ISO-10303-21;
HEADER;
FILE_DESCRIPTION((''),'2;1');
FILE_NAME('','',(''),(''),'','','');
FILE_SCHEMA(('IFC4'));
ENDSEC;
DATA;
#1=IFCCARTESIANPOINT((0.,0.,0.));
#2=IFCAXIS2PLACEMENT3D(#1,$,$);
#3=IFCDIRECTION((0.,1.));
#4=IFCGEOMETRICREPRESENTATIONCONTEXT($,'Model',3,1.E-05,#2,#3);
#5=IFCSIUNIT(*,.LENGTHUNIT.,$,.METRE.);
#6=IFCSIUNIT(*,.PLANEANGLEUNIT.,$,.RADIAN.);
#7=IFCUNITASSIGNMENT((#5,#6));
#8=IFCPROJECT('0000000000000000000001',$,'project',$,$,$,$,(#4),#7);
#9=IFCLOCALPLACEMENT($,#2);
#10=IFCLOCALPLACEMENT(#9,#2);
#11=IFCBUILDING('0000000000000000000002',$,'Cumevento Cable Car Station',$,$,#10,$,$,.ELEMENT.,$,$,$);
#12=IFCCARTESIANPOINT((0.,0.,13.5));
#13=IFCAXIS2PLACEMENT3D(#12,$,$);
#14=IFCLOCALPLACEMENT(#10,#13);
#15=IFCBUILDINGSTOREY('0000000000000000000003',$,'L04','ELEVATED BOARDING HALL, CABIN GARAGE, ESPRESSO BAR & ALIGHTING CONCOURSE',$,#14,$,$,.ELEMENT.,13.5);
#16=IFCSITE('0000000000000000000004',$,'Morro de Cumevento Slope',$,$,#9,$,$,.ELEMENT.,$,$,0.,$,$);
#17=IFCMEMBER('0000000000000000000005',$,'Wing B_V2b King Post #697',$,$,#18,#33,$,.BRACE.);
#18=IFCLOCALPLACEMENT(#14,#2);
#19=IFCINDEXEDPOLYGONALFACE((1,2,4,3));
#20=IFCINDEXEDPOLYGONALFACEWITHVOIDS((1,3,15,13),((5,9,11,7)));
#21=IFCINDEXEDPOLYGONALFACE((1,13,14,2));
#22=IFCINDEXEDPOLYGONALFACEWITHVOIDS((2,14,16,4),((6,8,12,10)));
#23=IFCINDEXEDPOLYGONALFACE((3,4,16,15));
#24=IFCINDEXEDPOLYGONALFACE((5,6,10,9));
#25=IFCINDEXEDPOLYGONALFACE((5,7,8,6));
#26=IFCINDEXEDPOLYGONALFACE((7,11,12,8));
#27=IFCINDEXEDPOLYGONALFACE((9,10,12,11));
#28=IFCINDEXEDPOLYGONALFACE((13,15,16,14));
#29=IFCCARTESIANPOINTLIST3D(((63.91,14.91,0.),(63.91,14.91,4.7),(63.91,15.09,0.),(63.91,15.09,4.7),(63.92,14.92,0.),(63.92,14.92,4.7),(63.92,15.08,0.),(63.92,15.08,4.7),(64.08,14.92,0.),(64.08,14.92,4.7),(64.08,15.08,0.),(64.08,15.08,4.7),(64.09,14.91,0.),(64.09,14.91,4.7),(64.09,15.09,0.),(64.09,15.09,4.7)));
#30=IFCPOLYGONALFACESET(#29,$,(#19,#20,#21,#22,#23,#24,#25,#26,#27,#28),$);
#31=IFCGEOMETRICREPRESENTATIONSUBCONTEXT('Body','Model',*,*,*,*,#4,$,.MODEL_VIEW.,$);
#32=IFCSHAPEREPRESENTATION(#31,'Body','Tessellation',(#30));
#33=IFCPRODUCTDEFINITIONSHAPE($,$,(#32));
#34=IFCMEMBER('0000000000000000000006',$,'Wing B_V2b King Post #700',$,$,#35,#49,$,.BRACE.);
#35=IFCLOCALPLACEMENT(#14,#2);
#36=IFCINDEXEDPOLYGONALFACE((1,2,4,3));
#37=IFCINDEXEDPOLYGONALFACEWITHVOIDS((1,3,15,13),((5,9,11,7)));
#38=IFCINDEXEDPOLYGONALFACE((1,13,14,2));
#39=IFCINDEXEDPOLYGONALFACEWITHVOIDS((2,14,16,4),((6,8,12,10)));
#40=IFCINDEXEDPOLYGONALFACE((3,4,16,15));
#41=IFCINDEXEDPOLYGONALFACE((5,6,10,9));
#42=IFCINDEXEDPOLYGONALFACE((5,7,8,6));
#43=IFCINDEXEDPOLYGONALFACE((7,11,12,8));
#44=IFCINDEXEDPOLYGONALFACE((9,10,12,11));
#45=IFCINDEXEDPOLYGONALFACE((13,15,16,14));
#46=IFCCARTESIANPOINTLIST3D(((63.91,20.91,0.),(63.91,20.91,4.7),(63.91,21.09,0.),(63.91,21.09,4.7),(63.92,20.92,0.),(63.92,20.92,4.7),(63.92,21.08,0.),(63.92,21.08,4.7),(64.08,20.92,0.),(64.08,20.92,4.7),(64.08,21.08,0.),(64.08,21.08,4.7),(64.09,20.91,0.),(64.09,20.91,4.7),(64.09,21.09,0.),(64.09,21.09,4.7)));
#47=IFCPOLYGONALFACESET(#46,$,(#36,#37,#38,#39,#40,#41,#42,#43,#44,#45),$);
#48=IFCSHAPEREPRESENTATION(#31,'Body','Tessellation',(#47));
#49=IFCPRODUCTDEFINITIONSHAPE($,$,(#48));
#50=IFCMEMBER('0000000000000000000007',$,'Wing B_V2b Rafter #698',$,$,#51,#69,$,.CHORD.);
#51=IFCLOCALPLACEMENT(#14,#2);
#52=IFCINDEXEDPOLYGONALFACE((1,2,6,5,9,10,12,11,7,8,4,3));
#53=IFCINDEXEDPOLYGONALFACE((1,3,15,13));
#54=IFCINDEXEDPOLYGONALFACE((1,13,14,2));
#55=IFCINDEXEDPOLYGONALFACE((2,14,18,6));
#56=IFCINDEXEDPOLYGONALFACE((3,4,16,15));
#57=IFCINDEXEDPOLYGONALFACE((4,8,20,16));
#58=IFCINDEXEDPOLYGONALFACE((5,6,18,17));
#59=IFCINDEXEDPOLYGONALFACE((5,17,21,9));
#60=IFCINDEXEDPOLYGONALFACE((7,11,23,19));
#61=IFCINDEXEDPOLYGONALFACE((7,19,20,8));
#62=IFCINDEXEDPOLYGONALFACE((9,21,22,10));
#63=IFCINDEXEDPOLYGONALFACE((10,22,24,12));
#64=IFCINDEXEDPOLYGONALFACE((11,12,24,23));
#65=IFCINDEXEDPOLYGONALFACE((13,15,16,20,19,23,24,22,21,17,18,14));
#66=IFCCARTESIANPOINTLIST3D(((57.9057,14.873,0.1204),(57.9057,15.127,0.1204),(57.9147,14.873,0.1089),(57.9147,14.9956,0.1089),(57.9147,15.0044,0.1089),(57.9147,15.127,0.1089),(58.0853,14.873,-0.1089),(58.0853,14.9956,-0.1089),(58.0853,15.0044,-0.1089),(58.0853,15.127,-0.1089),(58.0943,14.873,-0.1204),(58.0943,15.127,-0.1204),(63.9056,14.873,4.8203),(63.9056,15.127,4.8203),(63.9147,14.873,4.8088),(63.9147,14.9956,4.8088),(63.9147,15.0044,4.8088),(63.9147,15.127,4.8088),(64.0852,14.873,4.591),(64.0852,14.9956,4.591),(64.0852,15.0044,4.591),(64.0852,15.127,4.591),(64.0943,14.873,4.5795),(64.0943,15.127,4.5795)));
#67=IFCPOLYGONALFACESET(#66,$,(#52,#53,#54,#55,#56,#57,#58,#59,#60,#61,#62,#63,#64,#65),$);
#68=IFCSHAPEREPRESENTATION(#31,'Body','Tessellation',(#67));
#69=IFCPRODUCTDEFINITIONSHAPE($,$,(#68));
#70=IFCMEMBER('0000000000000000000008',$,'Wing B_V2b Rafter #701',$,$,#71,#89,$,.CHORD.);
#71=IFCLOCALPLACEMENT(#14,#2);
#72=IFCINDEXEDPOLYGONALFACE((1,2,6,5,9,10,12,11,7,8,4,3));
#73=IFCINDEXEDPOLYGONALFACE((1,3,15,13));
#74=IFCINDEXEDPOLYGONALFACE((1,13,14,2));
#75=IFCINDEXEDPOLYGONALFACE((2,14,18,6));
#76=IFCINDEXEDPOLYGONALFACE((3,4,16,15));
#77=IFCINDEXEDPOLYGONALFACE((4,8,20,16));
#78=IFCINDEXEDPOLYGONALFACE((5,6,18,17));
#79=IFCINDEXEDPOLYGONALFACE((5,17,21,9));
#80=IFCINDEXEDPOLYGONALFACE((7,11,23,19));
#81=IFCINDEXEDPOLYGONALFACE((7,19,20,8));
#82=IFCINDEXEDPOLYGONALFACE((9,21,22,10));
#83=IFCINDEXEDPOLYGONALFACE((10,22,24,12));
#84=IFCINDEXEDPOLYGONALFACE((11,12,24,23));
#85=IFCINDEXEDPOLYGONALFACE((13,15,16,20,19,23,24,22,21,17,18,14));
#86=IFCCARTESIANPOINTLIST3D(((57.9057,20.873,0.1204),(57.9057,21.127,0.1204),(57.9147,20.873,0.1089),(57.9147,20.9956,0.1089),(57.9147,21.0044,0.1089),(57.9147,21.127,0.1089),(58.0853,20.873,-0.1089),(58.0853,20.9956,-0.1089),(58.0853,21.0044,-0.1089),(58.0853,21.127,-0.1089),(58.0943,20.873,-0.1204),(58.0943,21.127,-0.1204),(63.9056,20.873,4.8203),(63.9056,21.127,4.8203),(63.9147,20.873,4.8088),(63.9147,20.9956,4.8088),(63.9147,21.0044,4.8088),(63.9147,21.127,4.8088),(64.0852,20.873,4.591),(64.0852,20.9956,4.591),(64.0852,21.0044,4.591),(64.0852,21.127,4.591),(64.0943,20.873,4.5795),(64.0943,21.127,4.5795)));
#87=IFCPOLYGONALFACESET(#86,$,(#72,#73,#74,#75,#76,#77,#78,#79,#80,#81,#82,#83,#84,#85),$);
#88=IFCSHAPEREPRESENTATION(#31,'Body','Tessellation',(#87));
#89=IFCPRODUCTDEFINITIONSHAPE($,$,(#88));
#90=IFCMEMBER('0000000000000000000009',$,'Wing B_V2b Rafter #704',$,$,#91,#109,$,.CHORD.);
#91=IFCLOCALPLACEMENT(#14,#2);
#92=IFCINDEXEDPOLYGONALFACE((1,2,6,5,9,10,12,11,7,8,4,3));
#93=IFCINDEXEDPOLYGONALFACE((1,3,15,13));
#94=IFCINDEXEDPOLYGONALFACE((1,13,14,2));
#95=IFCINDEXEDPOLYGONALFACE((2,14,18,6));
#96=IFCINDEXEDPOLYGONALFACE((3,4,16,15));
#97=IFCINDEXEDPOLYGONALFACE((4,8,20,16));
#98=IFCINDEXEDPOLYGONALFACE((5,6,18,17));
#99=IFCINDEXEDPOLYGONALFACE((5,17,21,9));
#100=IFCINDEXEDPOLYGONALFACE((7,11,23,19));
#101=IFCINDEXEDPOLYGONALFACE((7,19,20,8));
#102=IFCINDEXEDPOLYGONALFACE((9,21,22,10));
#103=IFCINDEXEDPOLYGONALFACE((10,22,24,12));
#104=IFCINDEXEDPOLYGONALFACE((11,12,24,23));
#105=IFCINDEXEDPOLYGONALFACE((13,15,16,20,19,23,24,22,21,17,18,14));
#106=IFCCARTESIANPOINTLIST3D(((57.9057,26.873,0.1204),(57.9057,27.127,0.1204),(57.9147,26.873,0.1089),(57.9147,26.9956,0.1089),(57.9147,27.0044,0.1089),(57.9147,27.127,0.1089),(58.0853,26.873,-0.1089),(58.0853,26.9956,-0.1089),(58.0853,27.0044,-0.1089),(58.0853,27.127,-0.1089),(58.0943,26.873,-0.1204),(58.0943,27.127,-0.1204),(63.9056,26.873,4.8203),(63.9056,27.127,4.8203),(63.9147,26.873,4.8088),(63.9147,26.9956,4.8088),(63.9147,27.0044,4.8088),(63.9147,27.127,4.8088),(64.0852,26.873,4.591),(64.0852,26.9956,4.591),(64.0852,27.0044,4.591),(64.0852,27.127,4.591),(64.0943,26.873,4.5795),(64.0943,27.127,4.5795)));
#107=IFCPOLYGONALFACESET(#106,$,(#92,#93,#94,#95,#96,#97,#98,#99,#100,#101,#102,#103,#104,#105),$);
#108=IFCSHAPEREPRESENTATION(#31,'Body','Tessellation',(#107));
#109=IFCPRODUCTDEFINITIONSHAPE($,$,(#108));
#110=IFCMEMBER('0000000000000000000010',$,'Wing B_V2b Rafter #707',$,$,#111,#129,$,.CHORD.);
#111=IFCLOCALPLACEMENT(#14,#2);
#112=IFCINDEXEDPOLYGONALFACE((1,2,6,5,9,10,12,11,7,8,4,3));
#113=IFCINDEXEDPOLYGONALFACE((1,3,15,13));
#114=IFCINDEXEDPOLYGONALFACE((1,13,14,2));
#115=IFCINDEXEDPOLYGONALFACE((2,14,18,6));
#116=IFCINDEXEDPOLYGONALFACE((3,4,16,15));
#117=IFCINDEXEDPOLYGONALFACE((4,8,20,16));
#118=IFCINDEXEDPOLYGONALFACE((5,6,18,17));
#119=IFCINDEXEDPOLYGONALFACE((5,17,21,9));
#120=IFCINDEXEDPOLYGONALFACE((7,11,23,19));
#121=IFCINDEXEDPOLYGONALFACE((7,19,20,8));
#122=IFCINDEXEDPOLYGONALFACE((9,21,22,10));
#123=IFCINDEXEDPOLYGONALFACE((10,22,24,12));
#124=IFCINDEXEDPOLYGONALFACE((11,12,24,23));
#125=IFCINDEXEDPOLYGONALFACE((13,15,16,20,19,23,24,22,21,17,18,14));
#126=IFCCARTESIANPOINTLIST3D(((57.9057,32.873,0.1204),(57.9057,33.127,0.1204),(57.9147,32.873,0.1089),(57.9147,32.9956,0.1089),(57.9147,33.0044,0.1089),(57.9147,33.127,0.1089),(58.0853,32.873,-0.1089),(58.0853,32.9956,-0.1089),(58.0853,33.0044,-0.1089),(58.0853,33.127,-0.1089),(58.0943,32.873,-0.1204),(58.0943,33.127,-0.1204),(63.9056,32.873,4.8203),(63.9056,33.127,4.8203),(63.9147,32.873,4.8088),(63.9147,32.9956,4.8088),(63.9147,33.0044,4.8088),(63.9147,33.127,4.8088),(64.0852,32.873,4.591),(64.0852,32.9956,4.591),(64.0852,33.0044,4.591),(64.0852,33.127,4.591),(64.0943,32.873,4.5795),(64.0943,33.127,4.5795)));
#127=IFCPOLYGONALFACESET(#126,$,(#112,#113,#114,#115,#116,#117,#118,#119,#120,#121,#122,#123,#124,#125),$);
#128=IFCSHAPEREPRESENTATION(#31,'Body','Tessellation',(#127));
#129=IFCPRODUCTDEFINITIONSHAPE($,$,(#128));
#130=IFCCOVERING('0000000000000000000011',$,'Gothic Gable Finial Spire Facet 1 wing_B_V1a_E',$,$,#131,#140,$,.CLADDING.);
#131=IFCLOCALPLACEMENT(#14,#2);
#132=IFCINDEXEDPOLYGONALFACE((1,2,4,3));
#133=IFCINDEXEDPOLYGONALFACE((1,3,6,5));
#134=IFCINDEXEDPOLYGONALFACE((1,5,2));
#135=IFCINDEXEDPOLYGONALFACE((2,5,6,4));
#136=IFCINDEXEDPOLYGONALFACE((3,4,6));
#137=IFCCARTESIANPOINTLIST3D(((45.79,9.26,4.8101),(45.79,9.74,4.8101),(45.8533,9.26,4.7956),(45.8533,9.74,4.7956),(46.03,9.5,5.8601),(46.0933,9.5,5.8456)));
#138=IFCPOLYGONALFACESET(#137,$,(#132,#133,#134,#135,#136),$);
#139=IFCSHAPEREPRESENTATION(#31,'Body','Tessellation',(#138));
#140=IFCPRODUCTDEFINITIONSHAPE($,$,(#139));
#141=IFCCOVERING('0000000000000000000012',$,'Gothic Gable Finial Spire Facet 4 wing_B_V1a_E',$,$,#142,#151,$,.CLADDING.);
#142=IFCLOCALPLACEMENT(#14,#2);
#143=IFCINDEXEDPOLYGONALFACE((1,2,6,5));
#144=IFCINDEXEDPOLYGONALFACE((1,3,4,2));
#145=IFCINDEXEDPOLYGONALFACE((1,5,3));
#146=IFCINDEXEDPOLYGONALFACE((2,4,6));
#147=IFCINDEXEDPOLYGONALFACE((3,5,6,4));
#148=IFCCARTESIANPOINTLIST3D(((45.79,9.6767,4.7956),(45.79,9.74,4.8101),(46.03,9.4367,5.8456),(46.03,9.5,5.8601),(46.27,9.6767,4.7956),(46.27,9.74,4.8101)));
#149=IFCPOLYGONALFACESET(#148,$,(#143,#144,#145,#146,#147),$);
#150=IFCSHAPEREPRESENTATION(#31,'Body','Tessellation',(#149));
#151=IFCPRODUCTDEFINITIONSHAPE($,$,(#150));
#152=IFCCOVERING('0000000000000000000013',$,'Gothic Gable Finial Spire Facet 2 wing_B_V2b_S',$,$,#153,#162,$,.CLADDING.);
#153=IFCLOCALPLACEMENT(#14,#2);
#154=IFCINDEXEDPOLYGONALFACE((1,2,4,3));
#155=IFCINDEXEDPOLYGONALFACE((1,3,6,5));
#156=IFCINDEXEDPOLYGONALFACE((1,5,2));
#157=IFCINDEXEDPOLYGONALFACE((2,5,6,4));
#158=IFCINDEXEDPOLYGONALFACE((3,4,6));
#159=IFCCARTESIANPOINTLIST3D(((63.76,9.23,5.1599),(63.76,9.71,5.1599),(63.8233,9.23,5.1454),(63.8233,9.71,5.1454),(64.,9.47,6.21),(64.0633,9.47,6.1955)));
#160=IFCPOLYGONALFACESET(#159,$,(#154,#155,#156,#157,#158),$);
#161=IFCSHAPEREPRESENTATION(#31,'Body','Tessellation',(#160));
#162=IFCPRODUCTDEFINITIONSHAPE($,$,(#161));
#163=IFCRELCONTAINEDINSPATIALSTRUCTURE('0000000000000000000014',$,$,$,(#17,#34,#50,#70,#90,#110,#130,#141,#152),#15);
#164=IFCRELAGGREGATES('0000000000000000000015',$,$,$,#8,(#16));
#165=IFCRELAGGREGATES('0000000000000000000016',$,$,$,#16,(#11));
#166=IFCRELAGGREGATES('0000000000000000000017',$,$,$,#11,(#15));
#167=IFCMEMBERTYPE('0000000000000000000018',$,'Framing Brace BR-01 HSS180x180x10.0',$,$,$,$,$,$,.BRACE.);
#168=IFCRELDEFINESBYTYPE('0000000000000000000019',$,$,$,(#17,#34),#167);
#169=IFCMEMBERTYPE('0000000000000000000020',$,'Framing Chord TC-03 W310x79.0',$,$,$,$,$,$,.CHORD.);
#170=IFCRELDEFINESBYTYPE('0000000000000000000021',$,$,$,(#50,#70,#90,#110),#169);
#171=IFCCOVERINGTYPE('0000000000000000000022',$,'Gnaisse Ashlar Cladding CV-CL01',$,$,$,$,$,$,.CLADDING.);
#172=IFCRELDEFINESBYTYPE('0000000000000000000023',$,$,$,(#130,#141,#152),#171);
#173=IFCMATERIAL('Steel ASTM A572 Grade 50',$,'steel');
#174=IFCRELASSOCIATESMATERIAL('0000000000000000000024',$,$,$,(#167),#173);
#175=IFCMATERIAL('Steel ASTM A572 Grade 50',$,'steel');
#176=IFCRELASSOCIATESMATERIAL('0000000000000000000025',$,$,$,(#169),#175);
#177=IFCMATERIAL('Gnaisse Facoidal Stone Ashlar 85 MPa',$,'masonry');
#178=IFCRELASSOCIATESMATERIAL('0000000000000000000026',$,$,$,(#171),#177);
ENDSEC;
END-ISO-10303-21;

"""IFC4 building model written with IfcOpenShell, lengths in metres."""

from ifc_helpers import new_model, si_unit, direction, frame, origin, origin_2d, place, context, subcontext, project, spatial, polyline, hollow_rectangle, i_section, outline, extrude, material, material_profile, profile_set, type_object, element, save


model = new_model("IFC4")

# Units and contexts
model_context = context("Model", 3, precision=1e-05, world=origin(), true_north=direction((0.0, 1.0)))
body_context = subcontext(model_context, "Body", "Model", "MODEL_VIEW")
ifc_project = project(units=[si_unit("LENGTHUNIT", "METRE"), si_unit("PLANEANGLEUNIT", "RADIAN")], contexts=[model_context])

# Site, building, storey
site_placement = place(None, origin())
site = spatial("IfcSite", under=ifc_project, at=site_placement, Name="Morro de Cumevento Slope", CompositionType="ELEMENT", RefElevation=0.0)
building_placement = place(site_placement, origin())
building = spatial("IfcBuilding", under=site, at=building_placement, Name="Cumevento Cable Car Station", CompositionType="ELEMENT")
storey_placement = place(building_placement, frame((0.0, 0.0, 13.5)))
storey = spatial("IfcBuildingStorey", under=building, at=storey_placement, Name="L04", Description="ELEVATED BOARDING HALL, CABIN GARAGE, ESPRESSO BAR & ALIGHTING CONCOURSE", CompositionType="ELEMENT", Elevation=13.5)

# Members
ifc_material_1 = material(Name="Steel ASTM A572 Grade 50", Category="steel")
ifc_material_profile_1 = material_profile(ifc_material_1, hollow_rectangle(XDim=0.1799, YDim=0.1799, WallThickness=0.01, at=origin_2d()), Name="HSS180x180x10.0")
ifc_profile_set_1 = profile_set([ifc_material_profile_1], Name="Steel ASTM A572 Grade 50")
member_type_1 = type_object("IfcMemberType", Name="Framing Brace BR-01 HSS180x180x10.0", PredefinedType="BRACE", material=ifc_profile_set_1)
for number, where, z_axis, x_axis, name in (
    (1, (64.0, 15.0, 0.0), (0.0, 0.0, 1.0), (1.0, 0.0, 0.0), "Wing B_V2b King Post #697"),
    (2, (64.0, 21.0, 0.0), (0.0, 0.0, 1.0), (1.0, 0.0, 0.0), "Wing B_V2b King Post #700"),
):
    element("IfcMember", number, at=place(storey_placement, frame(where, z_axis=z_axis, x_axis=x_axis)), inside=storey, type_object=member_type_1, Name=name, PredefinedType="BRACE", context=body_context, shape_type="SweptSolid", body=[
        extrude(hollow_rectangle(XDim=0.1799, YDim=0.1799, WallThickness=0.01, at=origin_2d()), origin(), (0.0, 0.0, 1.0), 4.7),
    ])
ifc_material_2 = material(Name="Steel ASTM A572 Grade 50", Category="steel")
ifc_material_profile_2 = material_profile(ifc_material_2, i_section(OverallWidth=0.2539, OverallDepth=0.3059, WebThickness=0.0088, FlangeThickness=0.0146, at=origin_2d()), Name="W310x79.0")
ifc_profile_set_2 = profile_set([ifc_material_profile_2], Name="Steel ASTM A572 Grade 50")
member_type_2 = type_object("IfcMemberType", Name="Framing Chord TC-03 W310x79.0", PredefinedType="CHORD", material=ifc_profile_set_2)
for number, where, z_axis, x_axis, name in (
    (3, (58.0, 15.0, 0.0), (0.787231, 0.0, 0.616658), (0.0, 1.0, 0.0), "Wing B_V2b Rafter #698"),
    (4, (58.0, 21.0, 0.0), (0.787231, 0.0, 0.616658), (0.0, 1.0, 0.0), "Wing B_V2b Rafter #701"),
    (5, (58.0, 27.0, 0.0), (0.787231, 0.0, 0.616658), (0.0, 1.0, 0.0), "Wing B_V2b Rafter #704"),
    (6, (58.0, 33.0, 0.0), (0.787231, 0.0, 0.616658), (0.0, 1.0, 0.0), "Wing B_V2b Rafter #707"),
):
    element("IfcMember", number, at=place(storey_placement, frame(where, z_axis=z_axis, x_axis=x_axis)), inside=storey, type_object=member_type_2, Name=name, PredefinedType="CHORD", context=body_context, shape_type="SweptSolid", body=[
        extrude(i_section(OverallWidth=0.2539, OverallDepth=0.3059, WebThickness=0.0088, FlangeThickness=0.0146, at=origin_2d()), origin(), (0.0, 0.0, 1.0), 7.6216),
    ])

# Coverings
ifc_material_3 = material(Name="Gnaisse Facoidal Stone Ashlar 85 MPa", Category="masonry")
covering_type = type_object("IfcCoveringType", Name="Gnaisse Ashlar Cladding CV-CL01", PredefinedType="CLADDING", material=ifc_material_3)
for number, where, z_axis, x_axis, name in (
    (7, (45.79, 9.74, 4.8101), (-0.974863, 0.0, 0.222806), (0.0, -1.0, 0.0), "Gothic Gable Finial Spire Facet 1 wing_B_V1a_E"),
    (8, (46.27, 9.74, 4.8101), (0.0, 0.974863, 0.222806), (-1.0, 0.0, 0.0), "Gothic Gable Finial Spire Facet 4 wing_B_V1a_E"),
    (9, (63.76, 9.71, 5.1599), (-0.974863, 0.0, 0.222806), (0.0, -1.0, 0.0), "Gothic Gable Finial Spire Facet 2 wing_B_V2b_S"),
):
    element("IfcCovering", number, at=place(storey_placement, frame(where, z_axis=z_axis, x_axis=x_axis)), inside=storey, type_object=covering_type, Name=name, PredefinedType="CLADDING", context=body_context, shape_type="SweptSolid", body=[
        extrude(outline(polyline([(0.0, 0.0), (0.48, 0.0), (0.24, 1.0771), (0.0, 0.0)])), origin(), (0.0, 0.0, -1.0), 0.0649),
    ])

save(model, "model.ifc")
